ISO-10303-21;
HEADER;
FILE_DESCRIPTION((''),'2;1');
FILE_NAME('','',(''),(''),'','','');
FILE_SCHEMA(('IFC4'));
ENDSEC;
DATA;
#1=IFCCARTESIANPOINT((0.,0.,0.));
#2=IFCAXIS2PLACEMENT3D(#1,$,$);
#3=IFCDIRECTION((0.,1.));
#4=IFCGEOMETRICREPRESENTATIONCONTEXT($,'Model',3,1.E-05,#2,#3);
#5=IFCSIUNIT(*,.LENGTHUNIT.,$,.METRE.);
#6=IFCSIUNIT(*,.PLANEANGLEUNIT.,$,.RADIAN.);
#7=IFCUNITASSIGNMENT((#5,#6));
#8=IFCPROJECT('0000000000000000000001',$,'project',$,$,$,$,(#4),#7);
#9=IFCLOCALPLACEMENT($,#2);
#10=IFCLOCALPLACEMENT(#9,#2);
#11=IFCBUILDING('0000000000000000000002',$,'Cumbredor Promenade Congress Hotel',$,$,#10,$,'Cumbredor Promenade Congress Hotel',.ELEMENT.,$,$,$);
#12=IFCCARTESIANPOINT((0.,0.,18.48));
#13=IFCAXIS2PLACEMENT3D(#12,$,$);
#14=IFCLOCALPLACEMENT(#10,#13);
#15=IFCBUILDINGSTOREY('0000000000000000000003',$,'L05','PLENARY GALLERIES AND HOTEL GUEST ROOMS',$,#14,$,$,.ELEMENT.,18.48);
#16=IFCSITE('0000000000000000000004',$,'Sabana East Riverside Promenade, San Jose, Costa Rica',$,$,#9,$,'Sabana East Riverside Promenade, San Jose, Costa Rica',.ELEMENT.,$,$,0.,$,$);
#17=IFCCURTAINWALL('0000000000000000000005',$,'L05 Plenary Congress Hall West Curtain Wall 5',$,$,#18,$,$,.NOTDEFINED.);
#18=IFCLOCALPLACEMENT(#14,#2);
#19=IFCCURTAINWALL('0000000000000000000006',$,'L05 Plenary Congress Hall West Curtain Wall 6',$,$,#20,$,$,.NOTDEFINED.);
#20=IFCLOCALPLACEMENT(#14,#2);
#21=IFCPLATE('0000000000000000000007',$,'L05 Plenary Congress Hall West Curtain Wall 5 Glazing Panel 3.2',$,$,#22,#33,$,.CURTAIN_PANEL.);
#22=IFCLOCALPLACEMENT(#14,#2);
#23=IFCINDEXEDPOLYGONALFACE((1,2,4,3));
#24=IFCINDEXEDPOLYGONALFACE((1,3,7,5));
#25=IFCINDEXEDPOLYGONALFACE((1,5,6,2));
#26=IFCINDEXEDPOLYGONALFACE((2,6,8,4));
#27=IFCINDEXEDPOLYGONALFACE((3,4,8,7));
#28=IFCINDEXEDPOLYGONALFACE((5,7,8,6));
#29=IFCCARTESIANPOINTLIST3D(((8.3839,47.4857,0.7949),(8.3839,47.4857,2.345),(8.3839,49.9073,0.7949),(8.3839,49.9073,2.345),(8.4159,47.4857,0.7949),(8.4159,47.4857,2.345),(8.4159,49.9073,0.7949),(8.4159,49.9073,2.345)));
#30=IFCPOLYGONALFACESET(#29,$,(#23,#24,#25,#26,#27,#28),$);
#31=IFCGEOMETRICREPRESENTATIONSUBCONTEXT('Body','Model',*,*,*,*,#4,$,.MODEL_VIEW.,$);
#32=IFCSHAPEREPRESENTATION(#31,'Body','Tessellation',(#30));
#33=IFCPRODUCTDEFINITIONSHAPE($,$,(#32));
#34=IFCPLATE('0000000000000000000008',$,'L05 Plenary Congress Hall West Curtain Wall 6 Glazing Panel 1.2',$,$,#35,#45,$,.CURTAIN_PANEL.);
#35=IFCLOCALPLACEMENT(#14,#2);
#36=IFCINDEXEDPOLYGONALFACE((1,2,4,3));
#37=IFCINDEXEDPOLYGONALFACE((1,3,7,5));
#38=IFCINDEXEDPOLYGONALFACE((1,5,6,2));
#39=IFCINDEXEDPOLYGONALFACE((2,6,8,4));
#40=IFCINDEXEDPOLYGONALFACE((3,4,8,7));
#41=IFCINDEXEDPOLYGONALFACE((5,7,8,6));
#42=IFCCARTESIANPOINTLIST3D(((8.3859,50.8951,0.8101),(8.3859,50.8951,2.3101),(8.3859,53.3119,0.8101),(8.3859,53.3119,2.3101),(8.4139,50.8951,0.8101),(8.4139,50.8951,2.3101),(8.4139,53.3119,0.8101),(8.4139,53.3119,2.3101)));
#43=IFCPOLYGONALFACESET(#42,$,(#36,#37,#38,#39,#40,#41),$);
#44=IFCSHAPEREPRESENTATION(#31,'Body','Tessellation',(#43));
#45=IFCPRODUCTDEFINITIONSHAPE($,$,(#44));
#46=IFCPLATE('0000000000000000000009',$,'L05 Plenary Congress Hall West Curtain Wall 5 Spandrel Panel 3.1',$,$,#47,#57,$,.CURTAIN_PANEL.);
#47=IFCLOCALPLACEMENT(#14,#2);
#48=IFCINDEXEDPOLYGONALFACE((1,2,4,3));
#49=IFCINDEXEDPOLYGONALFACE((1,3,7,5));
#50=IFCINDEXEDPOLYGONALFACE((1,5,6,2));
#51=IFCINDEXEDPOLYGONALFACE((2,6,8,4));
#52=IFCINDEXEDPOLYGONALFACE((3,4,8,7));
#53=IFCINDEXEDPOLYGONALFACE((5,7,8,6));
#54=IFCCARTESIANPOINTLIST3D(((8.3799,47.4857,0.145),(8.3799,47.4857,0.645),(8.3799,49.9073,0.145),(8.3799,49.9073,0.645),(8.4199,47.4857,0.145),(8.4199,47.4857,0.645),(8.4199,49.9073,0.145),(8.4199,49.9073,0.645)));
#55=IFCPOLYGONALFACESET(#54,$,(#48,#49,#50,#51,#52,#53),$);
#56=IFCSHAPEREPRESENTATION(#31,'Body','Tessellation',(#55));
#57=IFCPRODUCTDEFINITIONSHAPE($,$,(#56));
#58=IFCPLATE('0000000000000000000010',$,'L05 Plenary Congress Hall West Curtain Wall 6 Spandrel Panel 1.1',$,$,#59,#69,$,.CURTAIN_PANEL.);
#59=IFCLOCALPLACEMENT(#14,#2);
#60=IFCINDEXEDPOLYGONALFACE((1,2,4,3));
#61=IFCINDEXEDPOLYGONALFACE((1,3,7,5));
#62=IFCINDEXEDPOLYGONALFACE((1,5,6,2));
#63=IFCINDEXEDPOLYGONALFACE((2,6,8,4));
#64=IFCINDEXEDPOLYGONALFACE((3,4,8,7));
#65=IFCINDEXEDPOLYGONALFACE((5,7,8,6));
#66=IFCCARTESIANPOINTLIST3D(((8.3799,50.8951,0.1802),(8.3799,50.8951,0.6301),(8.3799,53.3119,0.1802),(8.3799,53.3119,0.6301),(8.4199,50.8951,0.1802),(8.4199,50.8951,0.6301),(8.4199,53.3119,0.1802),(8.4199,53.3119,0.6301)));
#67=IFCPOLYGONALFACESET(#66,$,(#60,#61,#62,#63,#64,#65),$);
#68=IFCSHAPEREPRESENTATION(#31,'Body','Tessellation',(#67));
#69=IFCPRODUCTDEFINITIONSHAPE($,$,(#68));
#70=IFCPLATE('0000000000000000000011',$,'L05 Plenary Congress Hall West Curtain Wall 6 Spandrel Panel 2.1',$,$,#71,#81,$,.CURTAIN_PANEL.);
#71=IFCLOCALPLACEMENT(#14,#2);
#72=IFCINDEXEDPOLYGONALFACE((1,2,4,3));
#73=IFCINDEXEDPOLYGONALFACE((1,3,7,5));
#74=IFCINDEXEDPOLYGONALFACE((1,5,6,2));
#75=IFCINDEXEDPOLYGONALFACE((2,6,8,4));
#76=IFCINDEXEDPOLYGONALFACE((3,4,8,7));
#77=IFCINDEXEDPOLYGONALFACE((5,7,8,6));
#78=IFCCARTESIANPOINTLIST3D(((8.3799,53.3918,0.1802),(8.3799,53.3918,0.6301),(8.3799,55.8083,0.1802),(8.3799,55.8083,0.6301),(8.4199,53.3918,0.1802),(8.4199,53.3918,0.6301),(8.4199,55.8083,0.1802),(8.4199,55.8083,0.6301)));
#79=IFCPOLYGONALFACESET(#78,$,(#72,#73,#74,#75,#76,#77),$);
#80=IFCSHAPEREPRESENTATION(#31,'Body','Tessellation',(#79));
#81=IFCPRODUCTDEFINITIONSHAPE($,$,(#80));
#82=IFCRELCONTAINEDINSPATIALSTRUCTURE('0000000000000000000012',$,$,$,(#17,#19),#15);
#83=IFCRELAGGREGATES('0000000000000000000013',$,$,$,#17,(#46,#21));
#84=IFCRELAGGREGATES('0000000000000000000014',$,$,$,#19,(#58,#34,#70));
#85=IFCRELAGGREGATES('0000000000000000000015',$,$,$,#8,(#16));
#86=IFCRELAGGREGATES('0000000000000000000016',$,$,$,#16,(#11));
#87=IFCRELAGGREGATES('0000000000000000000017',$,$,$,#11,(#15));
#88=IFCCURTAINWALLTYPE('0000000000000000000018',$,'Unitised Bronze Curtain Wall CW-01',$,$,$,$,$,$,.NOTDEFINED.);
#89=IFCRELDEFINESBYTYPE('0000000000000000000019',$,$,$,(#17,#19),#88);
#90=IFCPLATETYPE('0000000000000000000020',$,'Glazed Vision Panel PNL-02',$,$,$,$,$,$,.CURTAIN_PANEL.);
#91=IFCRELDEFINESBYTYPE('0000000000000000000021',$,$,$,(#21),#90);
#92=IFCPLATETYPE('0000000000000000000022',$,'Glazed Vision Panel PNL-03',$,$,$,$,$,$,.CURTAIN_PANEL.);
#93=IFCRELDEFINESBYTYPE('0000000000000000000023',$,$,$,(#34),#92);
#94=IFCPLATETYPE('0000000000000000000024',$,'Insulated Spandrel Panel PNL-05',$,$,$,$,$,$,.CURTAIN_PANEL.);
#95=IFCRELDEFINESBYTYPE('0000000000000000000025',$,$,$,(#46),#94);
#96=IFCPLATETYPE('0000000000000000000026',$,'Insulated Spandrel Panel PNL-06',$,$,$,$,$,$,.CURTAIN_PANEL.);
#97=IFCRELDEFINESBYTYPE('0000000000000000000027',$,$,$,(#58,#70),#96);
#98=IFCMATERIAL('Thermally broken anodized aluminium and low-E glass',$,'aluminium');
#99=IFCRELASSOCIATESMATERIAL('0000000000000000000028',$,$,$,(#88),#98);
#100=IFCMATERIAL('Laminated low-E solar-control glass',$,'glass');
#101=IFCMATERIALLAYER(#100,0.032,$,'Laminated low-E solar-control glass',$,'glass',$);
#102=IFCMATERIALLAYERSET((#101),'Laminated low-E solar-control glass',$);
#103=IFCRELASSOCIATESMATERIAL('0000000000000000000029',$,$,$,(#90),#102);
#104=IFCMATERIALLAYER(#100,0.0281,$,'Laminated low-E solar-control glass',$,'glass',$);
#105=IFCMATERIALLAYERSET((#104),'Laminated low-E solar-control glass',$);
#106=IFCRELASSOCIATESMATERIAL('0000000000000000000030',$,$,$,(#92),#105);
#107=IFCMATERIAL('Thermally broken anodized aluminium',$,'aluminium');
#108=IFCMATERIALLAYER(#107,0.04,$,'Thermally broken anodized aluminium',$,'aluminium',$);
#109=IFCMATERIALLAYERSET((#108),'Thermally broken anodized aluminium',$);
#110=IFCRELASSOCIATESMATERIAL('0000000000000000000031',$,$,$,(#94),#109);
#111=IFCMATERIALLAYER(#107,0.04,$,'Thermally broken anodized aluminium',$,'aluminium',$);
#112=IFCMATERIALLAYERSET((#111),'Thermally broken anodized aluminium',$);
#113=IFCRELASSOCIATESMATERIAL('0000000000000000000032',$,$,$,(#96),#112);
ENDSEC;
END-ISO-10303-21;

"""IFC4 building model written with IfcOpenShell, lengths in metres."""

from ifc_helpers import new_model, si_unit, direction, frame, origin, origin_2d, place, context, subcontext, project, spatial, rectangle, extrude, material, layer, layer_set, type_object, element, aggregate, save


model = new_model("IFC4")

# Units and contexts
model_context = context("Model", 3, precision=1e-05, world=origin(), true_north=direction((0.0, 1.0)))
body_context = subcontext(model_context, "Body", "Model", "MODEL_VIEW")
ifc_project = project(units=[si_unit("LENGTHUNIT", "METRE"), si_unit("PLANEANGLEUNIT", "RADIAN")], contexts=[model_context])

# Site, building, storey
site_placement = place(None, origin())
site = spatial("IfcSite", under=ifc_project, at=site_placement, Name="Sabana East Riverside Promenade, San Jose, Costa Rica", LongName="Sabana East Riverside Promenade, San Jose, Costa Rica", CompositionType="ELEMENT", RefElevation=0.0)
building_placement = place(site_placement, origin())
building = spatial("IfcBuilding", under=site, at=building_placement, Name="Cumbredor Promenade Congress Hotel", LongName="Cumbredor Promenade Congress Hotel", CompositionType="ELEMENT")
storey_placement = place(building_placement, frame((0.0, 0.0, 18.48)))
storey = spatial("IfcBuildingStorey", under=building, at=storey_placement, Name="L05", Description="PLENARY GALLERIES AND HOTEL GUEST ROOMS", CompositionType="ELEMENT", Elevation=18.48)

# Curtain wall
ifc_material_1 = material(Name="Thermally broken anodized aluminium and low-E glass", Category="aluminium")
curtain_wall_type = type_object("IfcCurtainWallType", Name="Unitised Bronze Curtain Wall CW-01", PredefinedType="NOTDEFINED", material=ifc_material_1)
curtain_wall_1_placement = place(storey_placement, origin())
curtain_wall_1 = element("IfcCurtainWall", 1, at=curtain_wall_1_placement, inside=storey, type_object=curtain_wall_type, Name="L05 Plenary Congress Hall West Curtain Wall 5", PredefinedType="NOTDEFINED")
ifc_material_2 = material(Name="Thermally broken anodized aluminium", Category="aluminium")

# Curtain wall
curtain_wall_2_placement = place(storey_placement, origin())
curtain_wall_2 = element("IfcCurtainWall", 2, at=curtain_wall_2_placement, inside=storey, type_object=curtain_wall_type, Name="L05 Plenary Congress Hall West Curtain Wall 6", PredefinedType="NOTDEFINED")

# Plates
ifc_material_3 = material(Name="Laminated low-E solar-control glass", Category="glass")
ifc_layer_1 = layer(ifc_material_3, 0.032, Name="Laminated low-E solar-control glass", Category="glass")
ifc_layer_set_1 = layer_set([ifc_layer_1], Name="Laminated low-E solar-control glass")
plate_type_1 = type_object("IfcPlateType", Name="Glazed Vision Panel PNL-02", PredefinedType="CURTAIN_PANEL", material=ifc_layer_set_1)
plate_1_placement = place(storey_placement, frame((8.3999, 48.6965, 0.7949), z_axis=(0.0, 0.0, 1.0), x_axis=(0.0, 1.0, 0.0)))
plate_1 = element("IfcPlate", 3, at=plate_1_placement, type_object=plate_type_1, Name="L05 Plenary Congress Hall West Curtain Wall 5 Glazing Panel 3.2", PredefinedType="CURTAIN_PANEL", context=body_context, shape_type="SweptSolid", body=[
    extrude(rectangle(XDim=2.4216, YDim=0.032, at=origin_2d()), origin(), (0.0, 0.0, 1.0), 1.55),
])
ifc_layer_2 = layer(ifc_material_3, 0.0281, Name="Laminated low-E solar-control glass", Category="glass")
ifc_layer_set_2 = layer_set([ifc_layer_2], Name="Laminated low-E solar-control glass")
plate_type_2 = type_object("IfcPlateType", Name="Glazed Vision Panel PNL-03", PredefinedType="CURTAIN_PANEL", material=ifc_layer_set_2)
plate_2_placement = place(storey_placement, frame((8.3999, 52.1035, 0.8101), z_axis=(0.0, 0.0, 1.0), x_axis=(0.0, 1.0, 0.0)))
plate_2 = element("IfcPlate", 4, at=plate_2_placement, type_object=plate_type_2, Name="L05 Plenary Congress Hall West Curtain Wall 6 Glazing Panel 1.2", PredefinedType="CURTAIN_PANEL", context=body_context, shape_type="SweptSolid", body=[
    extrude(rectangle(XDim=2.4167, YDim=0.0281, at=origin_2d()), origin(), (0.0, 0.0, 1.0), 1.5),
])
ifc_layer_3 = layer(ifc_material_2, 0.04, Name="Thermally broken anodized aluminium", Category="aluminium")
ifc_layer_set_3 = layer_set([ifc_layer_3], Name="Thermally broken anodized aluminium")
plate_type_3 = type_object("IfcPlateType", Name="Insulated Spandrel Panel PNL-05", PredefinedType="CURTAIN_PANEL", material=ifc_layer_set_3)
plate_3_placement = place(storey_placement, frame((8.3999, 48.6965, 0.145), z_axis=(0.0, 0.0, 1.0), x_axis=(0.0, 1.0, 0.0)))
plate_3 = element("IfcPlate", 5, at=plate_3_placement, type_object=plate_type_3, Name="L05 Plenary Congress Hall West Curtain Wall 5 Spandrel Panel 3.1", PredefinedType="CURTAIN_PANEL", context=body_context, shape_type="SweptSolid", body=[
    extrude(rectangle(XDim=2.4216, YDim=0.04, at=origin_2d()), origin(), (0.0, 0.0, 1.0), 0.5),
])
aggregate(curtain_wall_1, [plate_3, plate_1])
ifc_layer_4 = layer(ifc_material_2, 0.04, Name="Thermally broken anodized aluminium", Category="aluminium")
ifc_layer_set_4 = layer_set([ifc_layer_4], Name="Thermally broken anodized aluminium")
plate_type_4 = type_object("IfcPlateType", Name="Insulated Spandrel Panel PNL-06", PredefinedType="CURTAIN_PANEL", material=ifc_layer_set_4)
plate_4_placement = place(storey_placement, frame((8.3999, 52.1035, 0.1802), z_axis=(0.0, 0.0, 1.0), x_axis=(0.0, 1.0, 0.0)))
plate_4 = element("IfcPlate", 6, at=plate_4_placement, type_object=plate_type_4, Name="L05 Plenary Congress Hall West Curtain Wall 6 Spandrel Panel 1.1", PredefinedType="CURTAIN_PANEL", context=body_context, shape_type="SweptSolid", body=[
    extrude(rectangle(XDim=2.4167, YDim=0.04, at=origin_2d()), origin(), (0.0, 0.0, 1.0), 0.45),
])
plate_5_placement = place(storey_placement, frame((8.3999, 54.6001, 0.1802), z_axis=(0.0, 0.0, 1.0), x_axis=(0.0, 1.0, 0.0)))
plate_5 = element("IfcPlate", 7, at=plate_5_placement, type_object=plate_type_4, Name="L05 Plenary Congress Hall West Curtain Wall 6 Spandrel Panel 2.1", PredefinedType="CURTAIN_PANEL", context=body_context, shape_type="SweptSolid", body=[
    extrude(rectangle(XDim=2.4165, YDim=0.04, at=origin_2d()), origin(), (0.0, 0.0, 1.0), 0.45),
])
aggregate(curtain_wall_2, [plate_4, plate_2, plate_5])

save(model, "model.ifc")
